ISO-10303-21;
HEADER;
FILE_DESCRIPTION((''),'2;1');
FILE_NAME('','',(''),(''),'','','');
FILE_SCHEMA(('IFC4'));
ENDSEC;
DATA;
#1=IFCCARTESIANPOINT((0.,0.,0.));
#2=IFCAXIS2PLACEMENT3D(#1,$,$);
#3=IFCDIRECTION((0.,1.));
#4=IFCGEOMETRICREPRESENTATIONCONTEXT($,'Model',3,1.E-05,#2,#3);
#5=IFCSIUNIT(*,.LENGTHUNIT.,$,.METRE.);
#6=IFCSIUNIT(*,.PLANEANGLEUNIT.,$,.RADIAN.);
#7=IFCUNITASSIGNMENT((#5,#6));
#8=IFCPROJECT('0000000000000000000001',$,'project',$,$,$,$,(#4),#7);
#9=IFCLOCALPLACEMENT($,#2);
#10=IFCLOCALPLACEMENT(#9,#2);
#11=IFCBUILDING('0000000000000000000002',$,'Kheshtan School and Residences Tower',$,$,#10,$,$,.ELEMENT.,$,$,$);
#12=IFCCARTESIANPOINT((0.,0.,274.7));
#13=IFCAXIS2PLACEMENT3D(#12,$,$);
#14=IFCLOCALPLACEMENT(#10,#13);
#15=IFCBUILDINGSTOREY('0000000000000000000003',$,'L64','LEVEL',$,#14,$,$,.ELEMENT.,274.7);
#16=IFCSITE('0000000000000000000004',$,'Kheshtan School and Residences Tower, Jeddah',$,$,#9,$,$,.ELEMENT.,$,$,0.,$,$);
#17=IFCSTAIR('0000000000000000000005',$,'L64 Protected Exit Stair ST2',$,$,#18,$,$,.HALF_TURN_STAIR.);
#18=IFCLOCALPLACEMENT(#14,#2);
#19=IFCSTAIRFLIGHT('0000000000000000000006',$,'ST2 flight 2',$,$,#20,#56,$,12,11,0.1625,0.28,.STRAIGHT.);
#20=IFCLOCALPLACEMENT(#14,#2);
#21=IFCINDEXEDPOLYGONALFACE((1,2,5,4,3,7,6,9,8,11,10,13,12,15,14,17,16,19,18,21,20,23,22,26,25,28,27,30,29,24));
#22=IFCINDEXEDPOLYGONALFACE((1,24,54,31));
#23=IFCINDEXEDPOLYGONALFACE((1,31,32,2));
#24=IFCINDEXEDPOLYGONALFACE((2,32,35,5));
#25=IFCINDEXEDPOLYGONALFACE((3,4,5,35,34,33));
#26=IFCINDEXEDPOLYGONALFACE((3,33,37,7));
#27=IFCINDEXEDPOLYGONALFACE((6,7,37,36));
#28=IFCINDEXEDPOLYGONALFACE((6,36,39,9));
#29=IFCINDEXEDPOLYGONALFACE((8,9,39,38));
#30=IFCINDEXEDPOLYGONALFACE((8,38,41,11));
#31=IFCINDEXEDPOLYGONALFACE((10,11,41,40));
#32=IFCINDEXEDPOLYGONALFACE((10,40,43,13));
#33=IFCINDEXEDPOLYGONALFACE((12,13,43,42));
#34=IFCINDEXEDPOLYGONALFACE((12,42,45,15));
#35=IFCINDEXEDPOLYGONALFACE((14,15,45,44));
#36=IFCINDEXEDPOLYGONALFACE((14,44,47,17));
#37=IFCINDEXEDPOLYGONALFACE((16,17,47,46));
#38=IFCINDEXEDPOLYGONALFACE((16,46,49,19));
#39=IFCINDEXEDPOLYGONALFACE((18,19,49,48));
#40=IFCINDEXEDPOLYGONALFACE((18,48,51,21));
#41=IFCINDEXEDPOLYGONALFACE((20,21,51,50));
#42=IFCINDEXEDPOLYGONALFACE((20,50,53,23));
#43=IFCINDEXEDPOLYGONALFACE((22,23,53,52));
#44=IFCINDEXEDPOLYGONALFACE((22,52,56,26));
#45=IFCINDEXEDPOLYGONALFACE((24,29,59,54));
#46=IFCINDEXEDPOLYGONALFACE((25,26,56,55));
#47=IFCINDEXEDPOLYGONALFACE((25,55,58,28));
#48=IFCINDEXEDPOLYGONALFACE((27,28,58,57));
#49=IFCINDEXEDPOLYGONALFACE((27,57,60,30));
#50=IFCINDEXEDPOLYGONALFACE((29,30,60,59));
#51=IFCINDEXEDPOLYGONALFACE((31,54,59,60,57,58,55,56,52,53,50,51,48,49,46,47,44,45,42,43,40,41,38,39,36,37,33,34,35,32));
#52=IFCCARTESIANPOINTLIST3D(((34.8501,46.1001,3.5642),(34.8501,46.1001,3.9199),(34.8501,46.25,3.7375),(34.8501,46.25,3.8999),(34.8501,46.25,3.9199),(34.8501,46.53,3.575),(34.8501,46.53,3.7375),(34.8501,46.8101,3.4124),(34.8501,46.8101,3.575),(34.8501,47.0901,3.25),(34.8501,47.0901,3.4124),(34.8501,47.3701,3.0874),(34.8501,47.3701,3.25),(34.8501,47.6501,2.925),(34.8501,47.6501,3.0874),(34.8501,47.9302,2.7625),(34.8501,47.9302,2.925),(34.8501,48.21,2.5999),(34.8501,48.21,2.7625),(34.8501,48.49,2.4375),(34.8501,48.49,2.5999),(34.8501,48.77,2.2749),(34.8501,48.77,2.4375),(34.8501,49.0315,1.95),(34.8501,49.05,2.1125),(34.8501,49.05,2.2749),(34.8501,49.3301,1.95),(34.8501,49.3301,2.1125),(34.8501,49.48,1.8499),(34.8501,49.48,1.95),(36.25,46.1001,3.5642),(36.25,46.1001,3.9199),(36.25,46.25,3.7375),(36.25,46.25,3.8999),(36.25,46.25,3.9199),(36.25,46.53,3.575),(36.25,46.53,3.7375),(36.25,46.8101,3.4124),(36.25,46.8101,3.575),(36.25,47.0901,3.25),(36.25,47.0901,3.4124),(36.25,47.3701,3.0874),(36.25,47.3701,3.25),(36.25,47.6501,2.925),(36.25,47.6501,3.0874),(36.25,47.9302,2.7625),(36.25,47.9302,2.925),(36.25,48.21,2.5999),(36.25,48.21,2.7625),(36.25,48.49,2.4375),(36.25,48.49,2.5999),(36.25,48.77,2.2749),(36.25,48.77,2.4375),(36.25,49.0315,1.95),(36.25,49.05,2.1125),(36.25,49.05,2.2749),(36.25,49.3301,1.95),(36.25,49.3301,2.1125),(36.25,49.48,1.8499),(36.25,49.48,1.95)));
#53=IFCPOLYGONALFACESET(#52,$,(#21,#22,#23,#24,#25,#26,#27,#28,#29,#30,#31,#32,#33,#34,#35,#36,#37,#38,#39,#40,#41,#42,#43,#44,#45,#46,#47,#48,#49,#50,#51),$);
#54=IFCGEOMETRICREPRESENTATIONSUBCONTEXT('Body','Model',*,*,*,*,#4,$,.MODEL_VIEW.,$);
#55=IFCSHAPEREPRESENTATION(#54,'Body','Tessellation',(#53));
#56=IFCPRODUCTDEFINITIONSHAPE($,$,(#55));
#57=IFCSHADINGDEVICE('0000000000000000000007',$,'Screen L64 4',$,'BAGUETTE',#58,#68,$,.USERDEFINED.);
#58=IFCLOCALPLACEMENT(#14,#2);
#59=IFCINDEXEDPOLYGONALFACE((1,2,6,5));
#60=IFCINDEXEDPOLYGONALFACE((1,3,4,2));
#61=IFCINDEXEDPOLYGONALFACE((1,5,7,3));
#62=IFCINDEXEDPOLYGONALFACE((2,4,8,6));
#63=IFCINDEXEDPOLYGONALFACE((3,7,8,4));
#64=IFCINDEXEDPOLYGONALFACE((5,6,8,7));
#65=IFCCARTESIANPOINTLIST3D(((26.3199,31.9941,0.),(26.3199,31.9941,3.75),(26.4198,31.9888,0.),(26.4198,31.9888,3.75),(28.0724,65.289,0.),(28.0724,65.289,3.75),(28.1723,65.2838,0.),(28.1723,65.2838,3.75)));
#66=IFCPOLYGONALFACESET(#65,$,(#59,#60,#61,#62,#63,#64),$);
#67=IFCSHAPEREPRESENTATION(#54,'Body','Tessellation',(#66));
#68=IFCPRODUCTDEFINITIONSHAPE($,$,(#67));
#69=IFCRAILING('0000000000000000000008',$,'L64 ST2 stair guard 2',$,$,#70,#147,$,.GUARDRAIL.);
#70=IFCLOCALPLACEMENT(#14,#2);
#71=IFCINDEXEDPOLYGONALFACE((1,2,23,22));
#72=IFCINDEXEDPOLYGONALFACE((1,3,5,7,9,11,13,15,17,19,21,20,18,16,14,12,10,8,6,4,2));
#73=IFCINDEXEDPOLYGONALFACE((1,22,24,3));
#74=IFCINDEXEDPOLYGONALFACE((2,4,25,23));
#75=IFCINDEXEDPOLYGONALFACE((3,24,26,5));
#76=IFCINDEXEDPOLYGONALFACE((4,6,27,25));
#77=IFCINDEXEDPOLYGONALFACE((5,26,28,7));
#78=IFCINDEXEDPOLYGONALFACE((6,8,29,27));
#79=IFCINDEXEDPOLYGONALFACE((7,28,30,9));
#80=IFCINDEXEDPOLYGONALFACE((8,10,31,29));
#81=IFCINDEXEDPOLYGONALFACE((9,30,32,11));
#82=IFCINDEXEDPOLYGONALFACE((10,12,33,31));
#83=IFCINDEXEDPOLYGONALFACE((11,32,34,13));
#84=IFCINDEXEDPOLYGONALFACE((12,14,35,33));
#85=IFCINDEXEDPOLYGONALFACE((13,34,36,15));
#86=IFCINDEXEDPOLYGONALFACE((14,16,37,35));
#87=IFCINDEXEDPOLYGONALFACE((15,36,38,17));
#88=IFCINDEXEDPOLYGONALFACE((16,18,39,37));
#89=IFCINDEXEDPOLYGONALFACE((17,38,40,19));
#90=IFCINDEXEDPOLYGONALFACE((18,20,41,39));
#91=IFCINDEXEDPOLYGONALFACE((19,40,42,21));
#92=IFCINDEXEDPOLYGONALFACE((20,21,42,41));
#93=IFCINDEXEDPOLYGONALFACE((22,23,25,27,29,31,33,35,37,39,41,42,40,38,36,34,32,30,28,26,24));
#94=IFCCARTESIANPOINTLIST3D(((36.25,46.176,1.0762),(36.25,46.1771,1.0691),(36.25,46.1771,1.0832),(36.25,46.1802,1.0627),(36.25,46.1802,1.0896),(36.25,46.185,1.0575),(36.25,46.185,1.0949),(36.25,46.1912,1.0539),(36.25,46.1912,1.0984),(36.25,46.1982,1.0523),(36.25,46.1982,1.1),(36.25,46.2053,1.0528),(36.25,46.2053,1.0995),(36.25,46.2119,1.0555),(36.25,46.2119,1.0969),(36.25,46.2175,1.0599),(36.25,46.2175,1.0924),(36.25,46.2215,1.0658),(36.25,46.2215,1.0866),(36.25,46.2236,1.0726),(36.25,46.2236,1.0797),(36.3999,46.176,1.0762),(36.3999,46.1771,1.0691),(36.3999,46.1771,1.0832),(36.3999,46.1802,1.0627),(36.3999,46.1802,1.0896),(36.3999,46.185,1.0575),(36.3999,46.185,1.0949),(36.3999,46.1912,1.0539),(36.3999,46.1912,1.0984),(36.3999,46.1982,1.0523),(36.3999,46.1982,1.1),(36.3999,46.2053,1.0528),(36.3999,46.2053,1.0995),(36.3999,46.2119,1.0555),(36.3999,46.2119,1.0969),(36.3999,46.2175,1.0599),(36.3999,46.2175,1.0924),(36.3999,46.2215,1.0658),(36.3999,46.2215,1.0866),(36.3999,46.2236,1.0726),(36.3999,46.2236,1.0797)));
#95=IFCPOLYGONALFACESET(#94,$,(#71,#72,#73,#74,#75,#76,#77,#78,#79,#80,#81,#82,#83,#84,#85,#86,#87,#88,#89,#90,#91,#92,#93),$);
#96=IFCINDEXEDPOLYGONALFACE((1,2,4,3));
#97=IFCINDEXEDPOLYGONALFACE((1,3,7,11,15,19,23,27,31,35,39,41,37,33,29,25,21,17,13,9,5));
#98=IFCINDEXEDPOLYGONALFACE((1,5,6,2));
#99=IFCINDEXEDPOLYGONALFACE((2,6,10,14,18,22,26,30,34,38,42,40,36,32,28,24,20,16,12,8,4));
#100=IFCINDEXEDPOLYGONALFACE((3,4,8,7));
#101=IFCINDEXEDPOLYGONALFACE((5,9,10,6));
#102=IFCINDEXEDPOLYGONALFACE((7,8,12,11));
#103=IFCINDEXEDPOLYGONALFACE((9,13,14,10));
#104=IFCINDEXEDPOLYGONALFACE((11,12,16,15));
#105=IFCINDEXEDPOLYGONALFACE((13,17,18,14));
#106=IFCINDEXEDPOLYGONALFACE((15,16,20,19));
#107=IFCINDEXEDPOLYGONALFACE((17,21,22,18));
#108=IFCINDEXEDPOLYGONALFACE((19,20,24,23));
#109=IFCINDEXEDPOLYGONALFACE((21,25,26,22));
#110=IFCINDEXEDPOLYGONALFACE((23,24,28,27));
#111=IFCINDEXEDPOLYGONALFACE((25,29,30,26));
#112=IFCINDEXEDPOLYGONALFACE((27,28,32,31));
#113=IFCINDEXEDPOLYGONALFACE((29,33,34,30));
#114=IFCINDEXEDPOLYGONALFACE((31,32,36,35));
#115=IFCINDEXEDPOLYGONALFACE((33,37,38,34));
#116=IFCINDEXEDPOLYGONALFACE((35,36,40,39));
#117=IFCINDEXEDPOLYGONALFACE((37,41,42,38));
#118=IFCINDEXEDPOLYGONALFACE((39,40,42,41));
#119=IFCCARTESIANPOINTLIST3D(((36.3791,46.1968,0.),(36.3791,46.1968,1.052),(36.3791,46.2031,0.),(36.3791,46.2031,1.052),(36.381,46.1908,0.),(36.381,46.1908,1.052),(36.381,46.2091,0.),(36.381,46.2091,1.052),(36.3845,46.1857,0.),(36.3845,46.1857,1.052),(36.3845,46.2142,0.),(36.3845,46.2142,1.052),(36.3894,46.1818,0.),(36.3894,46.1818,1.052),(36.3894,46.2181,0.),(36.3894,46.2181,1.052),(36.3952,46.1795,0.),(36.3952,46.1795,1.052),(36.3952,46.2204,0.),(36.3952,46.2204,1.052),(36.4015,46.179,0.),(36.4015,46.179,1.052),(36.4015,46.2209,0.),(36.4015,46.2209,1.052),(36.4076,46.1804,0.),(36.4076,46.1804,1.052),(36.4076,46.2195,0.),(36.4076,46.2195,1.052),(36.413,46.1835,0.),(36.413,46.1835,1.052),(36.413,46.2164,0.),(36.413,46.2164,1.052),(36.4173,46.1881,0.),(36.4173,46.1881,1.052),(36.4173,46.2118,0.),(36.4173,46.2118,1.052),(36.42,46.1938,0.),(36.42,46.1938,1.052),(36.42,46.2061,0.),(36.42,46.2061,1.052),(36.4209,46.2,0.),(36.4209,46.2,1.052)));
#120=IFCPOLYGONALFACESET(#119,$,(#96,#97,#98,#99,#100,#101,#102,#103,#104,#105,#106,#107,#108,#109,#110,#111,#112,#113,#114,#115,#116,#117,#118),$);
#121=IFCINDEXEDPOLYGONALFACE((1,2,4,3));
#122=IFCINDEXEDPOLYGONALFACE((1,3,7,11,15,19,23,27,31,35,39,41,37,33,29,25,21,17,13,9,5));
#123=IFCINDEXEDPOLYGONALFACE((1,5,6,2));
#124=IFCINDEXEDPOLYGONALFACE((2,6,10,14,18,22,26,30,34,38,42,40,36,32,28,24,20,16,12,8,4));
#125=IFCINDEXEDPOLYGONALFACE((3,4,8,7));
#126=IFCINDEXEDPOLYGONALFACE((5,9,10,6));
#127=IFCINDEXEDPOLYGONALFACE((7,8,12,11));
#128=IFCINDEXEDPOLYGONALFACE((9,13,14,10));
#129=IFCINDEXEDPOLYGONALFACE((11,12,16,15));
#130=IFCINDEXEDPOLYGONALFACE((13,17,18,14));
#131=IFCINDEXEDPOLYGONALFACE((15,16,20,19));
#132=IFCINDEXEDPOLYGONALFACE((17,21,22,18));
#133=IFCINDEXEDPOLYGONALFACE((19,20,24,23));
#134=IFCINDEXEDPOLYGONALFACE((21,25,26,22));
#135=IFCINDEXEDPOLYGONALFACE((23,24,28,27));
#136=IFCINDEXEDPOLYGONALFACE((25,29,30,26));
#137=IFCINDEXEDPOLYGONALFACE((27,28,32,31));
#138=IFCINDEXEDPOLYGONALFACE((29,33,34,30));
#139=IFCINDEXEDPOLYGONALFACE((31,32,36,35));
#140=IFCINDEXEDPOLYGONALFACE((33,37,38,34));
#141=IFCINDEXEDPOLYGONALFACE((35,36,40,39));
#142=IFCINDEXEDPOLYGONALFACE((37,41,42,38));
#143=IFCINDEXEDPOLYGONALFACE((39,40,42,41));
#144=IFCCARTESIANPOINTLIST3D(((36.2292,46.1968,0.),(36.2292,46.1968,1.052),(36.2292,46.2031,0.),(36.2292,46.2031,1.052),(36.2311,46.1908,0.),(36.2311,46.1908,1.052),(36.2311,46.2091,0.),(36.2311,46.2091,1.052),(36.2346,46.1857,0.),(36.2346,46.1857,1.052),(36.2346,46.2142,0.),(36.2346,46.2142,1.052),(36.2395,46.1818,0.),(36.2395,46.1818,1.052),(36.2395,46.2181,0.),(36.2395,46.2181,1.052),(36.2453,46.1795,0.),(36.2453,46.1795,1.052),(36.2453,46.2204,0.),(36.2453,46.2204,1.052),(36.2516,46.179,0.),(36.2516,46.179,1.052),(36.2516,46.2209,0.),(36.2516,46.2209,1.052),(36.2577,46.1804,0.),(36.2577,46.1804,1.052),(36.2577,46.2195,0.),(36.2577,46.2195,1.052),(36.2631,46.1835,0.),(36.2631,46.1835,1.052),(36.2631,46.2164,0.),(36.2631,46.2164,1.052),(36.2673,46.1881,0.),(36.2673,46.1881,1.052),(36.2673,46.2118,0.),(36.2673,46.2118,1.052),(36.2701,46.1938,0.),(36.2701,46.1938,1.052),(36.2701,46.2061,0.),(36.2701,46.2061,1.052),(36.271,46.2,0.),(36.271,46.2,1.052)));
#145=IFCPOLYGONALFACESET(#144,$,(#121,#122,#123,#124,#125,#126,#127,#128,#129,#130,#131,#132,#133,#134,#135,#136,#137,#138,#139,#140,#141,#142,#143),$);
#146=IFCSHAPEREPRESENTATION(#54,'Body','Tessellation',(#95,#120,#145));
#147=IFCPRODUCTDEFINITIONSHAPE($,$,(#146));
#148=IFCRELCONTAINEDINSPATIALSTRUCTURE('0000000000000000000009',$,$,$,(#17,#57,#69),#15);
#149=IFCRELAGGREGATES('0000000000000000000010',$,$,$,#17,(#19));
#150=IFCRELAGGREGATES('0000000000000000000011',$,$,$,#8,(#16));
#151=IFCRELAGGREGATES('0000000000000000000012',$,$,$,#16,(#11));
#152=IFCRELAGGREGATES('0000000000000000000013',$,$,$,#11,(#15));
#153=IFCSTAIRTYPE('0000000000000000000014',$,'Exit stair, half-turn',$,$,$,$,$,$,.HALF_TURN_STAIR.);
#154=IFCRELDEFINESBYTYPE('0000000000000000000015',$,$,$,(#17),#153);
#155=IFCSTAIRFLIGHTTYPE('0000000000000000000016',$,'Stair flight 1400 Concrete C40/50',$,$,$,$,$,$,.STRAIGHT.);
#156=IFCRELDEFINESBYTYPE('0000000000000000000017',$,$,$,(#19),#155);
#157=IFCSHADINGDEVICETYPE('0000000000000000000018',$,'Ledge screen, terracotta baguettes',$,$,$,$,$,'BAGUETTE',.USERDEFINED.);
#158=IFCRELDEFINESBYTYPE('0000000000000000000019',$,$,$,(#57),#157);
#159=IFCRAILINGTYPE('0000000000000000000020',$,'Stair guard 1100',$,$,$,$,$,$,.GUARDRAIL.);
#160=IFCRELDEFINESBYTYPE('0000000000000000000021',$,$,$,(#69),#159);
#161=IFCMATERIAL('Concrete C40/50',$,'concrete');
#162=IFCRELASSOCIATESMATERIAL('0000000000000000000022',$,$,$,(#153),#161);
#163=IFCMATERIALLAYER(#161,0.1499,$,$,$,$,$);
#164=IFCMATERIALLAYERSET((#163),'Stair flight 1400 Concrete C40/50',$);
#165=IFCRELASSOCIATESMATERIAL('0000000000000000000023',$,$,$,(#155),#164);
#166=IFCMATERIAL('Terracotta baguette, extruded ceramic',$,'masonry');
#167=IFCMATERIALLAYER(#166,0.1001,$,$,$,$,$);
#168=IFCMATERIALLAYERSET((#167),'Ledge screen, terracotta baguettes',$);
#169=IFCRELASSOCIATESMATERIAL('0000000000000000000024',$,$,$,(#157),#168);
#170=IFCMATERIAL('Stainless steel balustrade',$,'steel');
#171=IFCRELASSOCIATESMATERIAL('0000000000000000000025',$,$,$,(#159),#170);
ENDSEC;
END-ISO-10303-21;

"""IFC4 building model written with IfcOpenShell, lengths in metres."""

from ifc_helpers import new_model, si_unit, direction, frame, origin, origin_2d, place, context, subcontext, project, spatial, polyline, rectangle, circle, outline, extrude, material, layer, layer_set, type_object, element, aggregate, save


model = new_model("IFC4")

# Units and contexts
model_context = context("Model", 3, precision=1e-05, world=origin(), true_north=direction((0.0, 1.0)))
body_context = subcontext(model_context, "Body", "Model", "MODEL_VIEW")
ifc_project = project(units=[si_unit("LENGTHUNIT", "METRE"), si_unit("PLANEANGLEUNIT", "RADIAN")], contexts=[model_context])

# Site, building, storey
site_placement = place(None, origin())
site = spatial("IfcSite", under=ifc_project, at=site_placement, Name="Kheshtan School and Residences Tower, Jeddah", CompositionType="ELEMENT", RefElevation=0.0)
building_placement = place(site_placement, origin())
building = spatial("IfcBuilding", under=site, at=building_placement, Name="Kheshtan School and Residences Tower", CompositionType="ELEMENT")
storey_placement = place(building_placement, frame((0.0, 0.0, 274.7)))
storey = spatial("IfcBuildingStorey", under=building, at=storey_placement, Name="L64", Description="LEVEL", CompositionType="ELEMENT", Elevation=274.7)

# Shared definitions
ifc_material_1 = material(Name="Concrete C40/50", Category="concrete")

# Stair, stair flight
stair_type = type_object("IfcStairType", Name="Exit stair, half-turn", PredefinedType="HALF_TURN_STAIR", material=ifc_material_1)
stair_placement = place(storey_placement, origin())
stair = element("IfcStair", 1, at=stair_placement, inside=storey, type_object=stair_type, Name="L64 Protected Exit Stair ST2", PredefinedType="HALF_TURN_STAIR")
ifc_layer_1 = layer(ifc_material_1, 0.1499)
ifc_layer_set_1 = layer_set([ifc_layer_1], Name="Stair flight 1400 Concrete C40/50")
stair_flight_type = type_object("IfcStairFlightType", Name="Stair flight 1400 Concrete C40/50", PredefinedType="STRAIGHT", material=ifc_layer_set_1)
stair_flight_1_placement = place(storey_placement, frame((35.55, 49.3301, 1.95), z_axis=(0.0, 0.0, 1.0), x_axis=(0.0, -1.0, 0.0)))
stair_flight_1 = element("IfcStairFlight", 2, at=stair_flight_1_placement, type_object=stair_flight_type, Name="ST2 flight 2", NumberOfRisers=12, NumberOfTreads=11, PredefinedType="STRAIGHT", RiserHeight=0.1625, TreadLength=0.28, context=body_context, shape_type="SweptSolid", body=[
    extrude(outline(polyline([(-0.1499, -0.1001), (-0.1499, 0.0), (0.0, 0.0), (0.0, 0.1626), (0.28, 0.1626), (0.28, 0.325), (0.5601, 0.325), (0.5601, 0.4875), (0.8401, 0.4875), (0.8401, 0.6499), (1.1201, 0.6499), (1.1201, 0.8125), (1.3999, 0.8125), (1.3999, 0.9751), (1.6799, 0.9751), (1.6799, 1.1375), (1.96, 1.1375), (1.96, 1.3), (2.24, 1.3), (2.24, 1.4624), (2.52, 1.4624), (2.52, 1.625), (2.8, 1.625), (2.8, 1.7876), (3.0801, 1.7876), (3.0801, 1.95), (3.0801, 1.97), (3.23, 1.97), (3.23, 1.6143), (0.2986, 0.0), (-0.1499, -0.1001)])), frame((0.0, 0.7, 0.0), z_axis=(0.0, -1.0, 0.0), x_axis=(1.0, 0.0, 0.0)), (0.0, 0.0, 1.0), 1.3999),
])
aggregate(stair, [stair_flight_1])

# Shading device
ifc_material_2 = material(Name="Terracotta baguette, extruded ceramic", Category="masonry")
ifc_layer_2 = layer(ifc_material_2, 0.1001)
ifc_layer_set_2 = layer_set([ifc_layer_2], Name="Ledge screen, terracotta baguettes")
shading_device_type = type_object("IfcShadingDeviceType", Name="Ledge screen, terracotta baguettes", ElementType="BAGUETTE", PredefinedType="USERDEFINED", material=ifc_layer_set_2)
shading_device_placement = place(storey_placement, frame((27.2461, 48.6389, 0.0), z_axis=(0.0, 0.0, 1.0), x_axis=(0.052563, 0.998618, 0.0)))
element("IfcShadingDevice", 3, at=shading_device_placement, inside=storey, type_object=shading_device_type, Name="Screen L64 4", ObjectType="BAGUETTE", PredefinedType="USERDEFINED", context=body_context, shape_type="SweptSolid", body=[
    extrude(rectangle(XDim=33.3411, YDim=0.1001, at=origin_2d()), origin(), (0.0, 0.0, 1.0), 3.75),
])

# Railing
ifc_material_3 = material(Name="Stainless steel balustrade", Category="steel")
railing_type_1 = type_object("IfcRailingType", Name="Stair guard 1100", PredefinedType="GUARDRAIL", material=ifc_material_3)
railing_1_placement = place(storey_placement, frame((36.3999, 46.2, 0.0)))
element("IfcRailing", 4, at=railing_1_placement, inside=storey, type_object=railing_type_1, Name="L64 ST2 stair guard 2", PredefinedType="GUARDRAIL", context=body_context, shape_type="SweptSolid", body=[
    extrude(circle(Radius=0.0239, at=origin_2d()), frame((0.0, 0.0, 1.0762), z_axis=(-1.0, 0.0, 0.0), x_axis=(0.0, -1.0, 0.0)), (0.0, 0.0, 1.0), 0.1499),
    extrude(circle(Radius=0.021, at=origin_2d()), origin(), (0.0, 0.0, 1.0), 1.052),
    extrude(circle(Radius=0.021, at=origin_2d()), frame((-0.1499, 0.0, 0.0)), (0.0, 0.0, 1.0), 1.052),
])

save(model, "model.ifc")
